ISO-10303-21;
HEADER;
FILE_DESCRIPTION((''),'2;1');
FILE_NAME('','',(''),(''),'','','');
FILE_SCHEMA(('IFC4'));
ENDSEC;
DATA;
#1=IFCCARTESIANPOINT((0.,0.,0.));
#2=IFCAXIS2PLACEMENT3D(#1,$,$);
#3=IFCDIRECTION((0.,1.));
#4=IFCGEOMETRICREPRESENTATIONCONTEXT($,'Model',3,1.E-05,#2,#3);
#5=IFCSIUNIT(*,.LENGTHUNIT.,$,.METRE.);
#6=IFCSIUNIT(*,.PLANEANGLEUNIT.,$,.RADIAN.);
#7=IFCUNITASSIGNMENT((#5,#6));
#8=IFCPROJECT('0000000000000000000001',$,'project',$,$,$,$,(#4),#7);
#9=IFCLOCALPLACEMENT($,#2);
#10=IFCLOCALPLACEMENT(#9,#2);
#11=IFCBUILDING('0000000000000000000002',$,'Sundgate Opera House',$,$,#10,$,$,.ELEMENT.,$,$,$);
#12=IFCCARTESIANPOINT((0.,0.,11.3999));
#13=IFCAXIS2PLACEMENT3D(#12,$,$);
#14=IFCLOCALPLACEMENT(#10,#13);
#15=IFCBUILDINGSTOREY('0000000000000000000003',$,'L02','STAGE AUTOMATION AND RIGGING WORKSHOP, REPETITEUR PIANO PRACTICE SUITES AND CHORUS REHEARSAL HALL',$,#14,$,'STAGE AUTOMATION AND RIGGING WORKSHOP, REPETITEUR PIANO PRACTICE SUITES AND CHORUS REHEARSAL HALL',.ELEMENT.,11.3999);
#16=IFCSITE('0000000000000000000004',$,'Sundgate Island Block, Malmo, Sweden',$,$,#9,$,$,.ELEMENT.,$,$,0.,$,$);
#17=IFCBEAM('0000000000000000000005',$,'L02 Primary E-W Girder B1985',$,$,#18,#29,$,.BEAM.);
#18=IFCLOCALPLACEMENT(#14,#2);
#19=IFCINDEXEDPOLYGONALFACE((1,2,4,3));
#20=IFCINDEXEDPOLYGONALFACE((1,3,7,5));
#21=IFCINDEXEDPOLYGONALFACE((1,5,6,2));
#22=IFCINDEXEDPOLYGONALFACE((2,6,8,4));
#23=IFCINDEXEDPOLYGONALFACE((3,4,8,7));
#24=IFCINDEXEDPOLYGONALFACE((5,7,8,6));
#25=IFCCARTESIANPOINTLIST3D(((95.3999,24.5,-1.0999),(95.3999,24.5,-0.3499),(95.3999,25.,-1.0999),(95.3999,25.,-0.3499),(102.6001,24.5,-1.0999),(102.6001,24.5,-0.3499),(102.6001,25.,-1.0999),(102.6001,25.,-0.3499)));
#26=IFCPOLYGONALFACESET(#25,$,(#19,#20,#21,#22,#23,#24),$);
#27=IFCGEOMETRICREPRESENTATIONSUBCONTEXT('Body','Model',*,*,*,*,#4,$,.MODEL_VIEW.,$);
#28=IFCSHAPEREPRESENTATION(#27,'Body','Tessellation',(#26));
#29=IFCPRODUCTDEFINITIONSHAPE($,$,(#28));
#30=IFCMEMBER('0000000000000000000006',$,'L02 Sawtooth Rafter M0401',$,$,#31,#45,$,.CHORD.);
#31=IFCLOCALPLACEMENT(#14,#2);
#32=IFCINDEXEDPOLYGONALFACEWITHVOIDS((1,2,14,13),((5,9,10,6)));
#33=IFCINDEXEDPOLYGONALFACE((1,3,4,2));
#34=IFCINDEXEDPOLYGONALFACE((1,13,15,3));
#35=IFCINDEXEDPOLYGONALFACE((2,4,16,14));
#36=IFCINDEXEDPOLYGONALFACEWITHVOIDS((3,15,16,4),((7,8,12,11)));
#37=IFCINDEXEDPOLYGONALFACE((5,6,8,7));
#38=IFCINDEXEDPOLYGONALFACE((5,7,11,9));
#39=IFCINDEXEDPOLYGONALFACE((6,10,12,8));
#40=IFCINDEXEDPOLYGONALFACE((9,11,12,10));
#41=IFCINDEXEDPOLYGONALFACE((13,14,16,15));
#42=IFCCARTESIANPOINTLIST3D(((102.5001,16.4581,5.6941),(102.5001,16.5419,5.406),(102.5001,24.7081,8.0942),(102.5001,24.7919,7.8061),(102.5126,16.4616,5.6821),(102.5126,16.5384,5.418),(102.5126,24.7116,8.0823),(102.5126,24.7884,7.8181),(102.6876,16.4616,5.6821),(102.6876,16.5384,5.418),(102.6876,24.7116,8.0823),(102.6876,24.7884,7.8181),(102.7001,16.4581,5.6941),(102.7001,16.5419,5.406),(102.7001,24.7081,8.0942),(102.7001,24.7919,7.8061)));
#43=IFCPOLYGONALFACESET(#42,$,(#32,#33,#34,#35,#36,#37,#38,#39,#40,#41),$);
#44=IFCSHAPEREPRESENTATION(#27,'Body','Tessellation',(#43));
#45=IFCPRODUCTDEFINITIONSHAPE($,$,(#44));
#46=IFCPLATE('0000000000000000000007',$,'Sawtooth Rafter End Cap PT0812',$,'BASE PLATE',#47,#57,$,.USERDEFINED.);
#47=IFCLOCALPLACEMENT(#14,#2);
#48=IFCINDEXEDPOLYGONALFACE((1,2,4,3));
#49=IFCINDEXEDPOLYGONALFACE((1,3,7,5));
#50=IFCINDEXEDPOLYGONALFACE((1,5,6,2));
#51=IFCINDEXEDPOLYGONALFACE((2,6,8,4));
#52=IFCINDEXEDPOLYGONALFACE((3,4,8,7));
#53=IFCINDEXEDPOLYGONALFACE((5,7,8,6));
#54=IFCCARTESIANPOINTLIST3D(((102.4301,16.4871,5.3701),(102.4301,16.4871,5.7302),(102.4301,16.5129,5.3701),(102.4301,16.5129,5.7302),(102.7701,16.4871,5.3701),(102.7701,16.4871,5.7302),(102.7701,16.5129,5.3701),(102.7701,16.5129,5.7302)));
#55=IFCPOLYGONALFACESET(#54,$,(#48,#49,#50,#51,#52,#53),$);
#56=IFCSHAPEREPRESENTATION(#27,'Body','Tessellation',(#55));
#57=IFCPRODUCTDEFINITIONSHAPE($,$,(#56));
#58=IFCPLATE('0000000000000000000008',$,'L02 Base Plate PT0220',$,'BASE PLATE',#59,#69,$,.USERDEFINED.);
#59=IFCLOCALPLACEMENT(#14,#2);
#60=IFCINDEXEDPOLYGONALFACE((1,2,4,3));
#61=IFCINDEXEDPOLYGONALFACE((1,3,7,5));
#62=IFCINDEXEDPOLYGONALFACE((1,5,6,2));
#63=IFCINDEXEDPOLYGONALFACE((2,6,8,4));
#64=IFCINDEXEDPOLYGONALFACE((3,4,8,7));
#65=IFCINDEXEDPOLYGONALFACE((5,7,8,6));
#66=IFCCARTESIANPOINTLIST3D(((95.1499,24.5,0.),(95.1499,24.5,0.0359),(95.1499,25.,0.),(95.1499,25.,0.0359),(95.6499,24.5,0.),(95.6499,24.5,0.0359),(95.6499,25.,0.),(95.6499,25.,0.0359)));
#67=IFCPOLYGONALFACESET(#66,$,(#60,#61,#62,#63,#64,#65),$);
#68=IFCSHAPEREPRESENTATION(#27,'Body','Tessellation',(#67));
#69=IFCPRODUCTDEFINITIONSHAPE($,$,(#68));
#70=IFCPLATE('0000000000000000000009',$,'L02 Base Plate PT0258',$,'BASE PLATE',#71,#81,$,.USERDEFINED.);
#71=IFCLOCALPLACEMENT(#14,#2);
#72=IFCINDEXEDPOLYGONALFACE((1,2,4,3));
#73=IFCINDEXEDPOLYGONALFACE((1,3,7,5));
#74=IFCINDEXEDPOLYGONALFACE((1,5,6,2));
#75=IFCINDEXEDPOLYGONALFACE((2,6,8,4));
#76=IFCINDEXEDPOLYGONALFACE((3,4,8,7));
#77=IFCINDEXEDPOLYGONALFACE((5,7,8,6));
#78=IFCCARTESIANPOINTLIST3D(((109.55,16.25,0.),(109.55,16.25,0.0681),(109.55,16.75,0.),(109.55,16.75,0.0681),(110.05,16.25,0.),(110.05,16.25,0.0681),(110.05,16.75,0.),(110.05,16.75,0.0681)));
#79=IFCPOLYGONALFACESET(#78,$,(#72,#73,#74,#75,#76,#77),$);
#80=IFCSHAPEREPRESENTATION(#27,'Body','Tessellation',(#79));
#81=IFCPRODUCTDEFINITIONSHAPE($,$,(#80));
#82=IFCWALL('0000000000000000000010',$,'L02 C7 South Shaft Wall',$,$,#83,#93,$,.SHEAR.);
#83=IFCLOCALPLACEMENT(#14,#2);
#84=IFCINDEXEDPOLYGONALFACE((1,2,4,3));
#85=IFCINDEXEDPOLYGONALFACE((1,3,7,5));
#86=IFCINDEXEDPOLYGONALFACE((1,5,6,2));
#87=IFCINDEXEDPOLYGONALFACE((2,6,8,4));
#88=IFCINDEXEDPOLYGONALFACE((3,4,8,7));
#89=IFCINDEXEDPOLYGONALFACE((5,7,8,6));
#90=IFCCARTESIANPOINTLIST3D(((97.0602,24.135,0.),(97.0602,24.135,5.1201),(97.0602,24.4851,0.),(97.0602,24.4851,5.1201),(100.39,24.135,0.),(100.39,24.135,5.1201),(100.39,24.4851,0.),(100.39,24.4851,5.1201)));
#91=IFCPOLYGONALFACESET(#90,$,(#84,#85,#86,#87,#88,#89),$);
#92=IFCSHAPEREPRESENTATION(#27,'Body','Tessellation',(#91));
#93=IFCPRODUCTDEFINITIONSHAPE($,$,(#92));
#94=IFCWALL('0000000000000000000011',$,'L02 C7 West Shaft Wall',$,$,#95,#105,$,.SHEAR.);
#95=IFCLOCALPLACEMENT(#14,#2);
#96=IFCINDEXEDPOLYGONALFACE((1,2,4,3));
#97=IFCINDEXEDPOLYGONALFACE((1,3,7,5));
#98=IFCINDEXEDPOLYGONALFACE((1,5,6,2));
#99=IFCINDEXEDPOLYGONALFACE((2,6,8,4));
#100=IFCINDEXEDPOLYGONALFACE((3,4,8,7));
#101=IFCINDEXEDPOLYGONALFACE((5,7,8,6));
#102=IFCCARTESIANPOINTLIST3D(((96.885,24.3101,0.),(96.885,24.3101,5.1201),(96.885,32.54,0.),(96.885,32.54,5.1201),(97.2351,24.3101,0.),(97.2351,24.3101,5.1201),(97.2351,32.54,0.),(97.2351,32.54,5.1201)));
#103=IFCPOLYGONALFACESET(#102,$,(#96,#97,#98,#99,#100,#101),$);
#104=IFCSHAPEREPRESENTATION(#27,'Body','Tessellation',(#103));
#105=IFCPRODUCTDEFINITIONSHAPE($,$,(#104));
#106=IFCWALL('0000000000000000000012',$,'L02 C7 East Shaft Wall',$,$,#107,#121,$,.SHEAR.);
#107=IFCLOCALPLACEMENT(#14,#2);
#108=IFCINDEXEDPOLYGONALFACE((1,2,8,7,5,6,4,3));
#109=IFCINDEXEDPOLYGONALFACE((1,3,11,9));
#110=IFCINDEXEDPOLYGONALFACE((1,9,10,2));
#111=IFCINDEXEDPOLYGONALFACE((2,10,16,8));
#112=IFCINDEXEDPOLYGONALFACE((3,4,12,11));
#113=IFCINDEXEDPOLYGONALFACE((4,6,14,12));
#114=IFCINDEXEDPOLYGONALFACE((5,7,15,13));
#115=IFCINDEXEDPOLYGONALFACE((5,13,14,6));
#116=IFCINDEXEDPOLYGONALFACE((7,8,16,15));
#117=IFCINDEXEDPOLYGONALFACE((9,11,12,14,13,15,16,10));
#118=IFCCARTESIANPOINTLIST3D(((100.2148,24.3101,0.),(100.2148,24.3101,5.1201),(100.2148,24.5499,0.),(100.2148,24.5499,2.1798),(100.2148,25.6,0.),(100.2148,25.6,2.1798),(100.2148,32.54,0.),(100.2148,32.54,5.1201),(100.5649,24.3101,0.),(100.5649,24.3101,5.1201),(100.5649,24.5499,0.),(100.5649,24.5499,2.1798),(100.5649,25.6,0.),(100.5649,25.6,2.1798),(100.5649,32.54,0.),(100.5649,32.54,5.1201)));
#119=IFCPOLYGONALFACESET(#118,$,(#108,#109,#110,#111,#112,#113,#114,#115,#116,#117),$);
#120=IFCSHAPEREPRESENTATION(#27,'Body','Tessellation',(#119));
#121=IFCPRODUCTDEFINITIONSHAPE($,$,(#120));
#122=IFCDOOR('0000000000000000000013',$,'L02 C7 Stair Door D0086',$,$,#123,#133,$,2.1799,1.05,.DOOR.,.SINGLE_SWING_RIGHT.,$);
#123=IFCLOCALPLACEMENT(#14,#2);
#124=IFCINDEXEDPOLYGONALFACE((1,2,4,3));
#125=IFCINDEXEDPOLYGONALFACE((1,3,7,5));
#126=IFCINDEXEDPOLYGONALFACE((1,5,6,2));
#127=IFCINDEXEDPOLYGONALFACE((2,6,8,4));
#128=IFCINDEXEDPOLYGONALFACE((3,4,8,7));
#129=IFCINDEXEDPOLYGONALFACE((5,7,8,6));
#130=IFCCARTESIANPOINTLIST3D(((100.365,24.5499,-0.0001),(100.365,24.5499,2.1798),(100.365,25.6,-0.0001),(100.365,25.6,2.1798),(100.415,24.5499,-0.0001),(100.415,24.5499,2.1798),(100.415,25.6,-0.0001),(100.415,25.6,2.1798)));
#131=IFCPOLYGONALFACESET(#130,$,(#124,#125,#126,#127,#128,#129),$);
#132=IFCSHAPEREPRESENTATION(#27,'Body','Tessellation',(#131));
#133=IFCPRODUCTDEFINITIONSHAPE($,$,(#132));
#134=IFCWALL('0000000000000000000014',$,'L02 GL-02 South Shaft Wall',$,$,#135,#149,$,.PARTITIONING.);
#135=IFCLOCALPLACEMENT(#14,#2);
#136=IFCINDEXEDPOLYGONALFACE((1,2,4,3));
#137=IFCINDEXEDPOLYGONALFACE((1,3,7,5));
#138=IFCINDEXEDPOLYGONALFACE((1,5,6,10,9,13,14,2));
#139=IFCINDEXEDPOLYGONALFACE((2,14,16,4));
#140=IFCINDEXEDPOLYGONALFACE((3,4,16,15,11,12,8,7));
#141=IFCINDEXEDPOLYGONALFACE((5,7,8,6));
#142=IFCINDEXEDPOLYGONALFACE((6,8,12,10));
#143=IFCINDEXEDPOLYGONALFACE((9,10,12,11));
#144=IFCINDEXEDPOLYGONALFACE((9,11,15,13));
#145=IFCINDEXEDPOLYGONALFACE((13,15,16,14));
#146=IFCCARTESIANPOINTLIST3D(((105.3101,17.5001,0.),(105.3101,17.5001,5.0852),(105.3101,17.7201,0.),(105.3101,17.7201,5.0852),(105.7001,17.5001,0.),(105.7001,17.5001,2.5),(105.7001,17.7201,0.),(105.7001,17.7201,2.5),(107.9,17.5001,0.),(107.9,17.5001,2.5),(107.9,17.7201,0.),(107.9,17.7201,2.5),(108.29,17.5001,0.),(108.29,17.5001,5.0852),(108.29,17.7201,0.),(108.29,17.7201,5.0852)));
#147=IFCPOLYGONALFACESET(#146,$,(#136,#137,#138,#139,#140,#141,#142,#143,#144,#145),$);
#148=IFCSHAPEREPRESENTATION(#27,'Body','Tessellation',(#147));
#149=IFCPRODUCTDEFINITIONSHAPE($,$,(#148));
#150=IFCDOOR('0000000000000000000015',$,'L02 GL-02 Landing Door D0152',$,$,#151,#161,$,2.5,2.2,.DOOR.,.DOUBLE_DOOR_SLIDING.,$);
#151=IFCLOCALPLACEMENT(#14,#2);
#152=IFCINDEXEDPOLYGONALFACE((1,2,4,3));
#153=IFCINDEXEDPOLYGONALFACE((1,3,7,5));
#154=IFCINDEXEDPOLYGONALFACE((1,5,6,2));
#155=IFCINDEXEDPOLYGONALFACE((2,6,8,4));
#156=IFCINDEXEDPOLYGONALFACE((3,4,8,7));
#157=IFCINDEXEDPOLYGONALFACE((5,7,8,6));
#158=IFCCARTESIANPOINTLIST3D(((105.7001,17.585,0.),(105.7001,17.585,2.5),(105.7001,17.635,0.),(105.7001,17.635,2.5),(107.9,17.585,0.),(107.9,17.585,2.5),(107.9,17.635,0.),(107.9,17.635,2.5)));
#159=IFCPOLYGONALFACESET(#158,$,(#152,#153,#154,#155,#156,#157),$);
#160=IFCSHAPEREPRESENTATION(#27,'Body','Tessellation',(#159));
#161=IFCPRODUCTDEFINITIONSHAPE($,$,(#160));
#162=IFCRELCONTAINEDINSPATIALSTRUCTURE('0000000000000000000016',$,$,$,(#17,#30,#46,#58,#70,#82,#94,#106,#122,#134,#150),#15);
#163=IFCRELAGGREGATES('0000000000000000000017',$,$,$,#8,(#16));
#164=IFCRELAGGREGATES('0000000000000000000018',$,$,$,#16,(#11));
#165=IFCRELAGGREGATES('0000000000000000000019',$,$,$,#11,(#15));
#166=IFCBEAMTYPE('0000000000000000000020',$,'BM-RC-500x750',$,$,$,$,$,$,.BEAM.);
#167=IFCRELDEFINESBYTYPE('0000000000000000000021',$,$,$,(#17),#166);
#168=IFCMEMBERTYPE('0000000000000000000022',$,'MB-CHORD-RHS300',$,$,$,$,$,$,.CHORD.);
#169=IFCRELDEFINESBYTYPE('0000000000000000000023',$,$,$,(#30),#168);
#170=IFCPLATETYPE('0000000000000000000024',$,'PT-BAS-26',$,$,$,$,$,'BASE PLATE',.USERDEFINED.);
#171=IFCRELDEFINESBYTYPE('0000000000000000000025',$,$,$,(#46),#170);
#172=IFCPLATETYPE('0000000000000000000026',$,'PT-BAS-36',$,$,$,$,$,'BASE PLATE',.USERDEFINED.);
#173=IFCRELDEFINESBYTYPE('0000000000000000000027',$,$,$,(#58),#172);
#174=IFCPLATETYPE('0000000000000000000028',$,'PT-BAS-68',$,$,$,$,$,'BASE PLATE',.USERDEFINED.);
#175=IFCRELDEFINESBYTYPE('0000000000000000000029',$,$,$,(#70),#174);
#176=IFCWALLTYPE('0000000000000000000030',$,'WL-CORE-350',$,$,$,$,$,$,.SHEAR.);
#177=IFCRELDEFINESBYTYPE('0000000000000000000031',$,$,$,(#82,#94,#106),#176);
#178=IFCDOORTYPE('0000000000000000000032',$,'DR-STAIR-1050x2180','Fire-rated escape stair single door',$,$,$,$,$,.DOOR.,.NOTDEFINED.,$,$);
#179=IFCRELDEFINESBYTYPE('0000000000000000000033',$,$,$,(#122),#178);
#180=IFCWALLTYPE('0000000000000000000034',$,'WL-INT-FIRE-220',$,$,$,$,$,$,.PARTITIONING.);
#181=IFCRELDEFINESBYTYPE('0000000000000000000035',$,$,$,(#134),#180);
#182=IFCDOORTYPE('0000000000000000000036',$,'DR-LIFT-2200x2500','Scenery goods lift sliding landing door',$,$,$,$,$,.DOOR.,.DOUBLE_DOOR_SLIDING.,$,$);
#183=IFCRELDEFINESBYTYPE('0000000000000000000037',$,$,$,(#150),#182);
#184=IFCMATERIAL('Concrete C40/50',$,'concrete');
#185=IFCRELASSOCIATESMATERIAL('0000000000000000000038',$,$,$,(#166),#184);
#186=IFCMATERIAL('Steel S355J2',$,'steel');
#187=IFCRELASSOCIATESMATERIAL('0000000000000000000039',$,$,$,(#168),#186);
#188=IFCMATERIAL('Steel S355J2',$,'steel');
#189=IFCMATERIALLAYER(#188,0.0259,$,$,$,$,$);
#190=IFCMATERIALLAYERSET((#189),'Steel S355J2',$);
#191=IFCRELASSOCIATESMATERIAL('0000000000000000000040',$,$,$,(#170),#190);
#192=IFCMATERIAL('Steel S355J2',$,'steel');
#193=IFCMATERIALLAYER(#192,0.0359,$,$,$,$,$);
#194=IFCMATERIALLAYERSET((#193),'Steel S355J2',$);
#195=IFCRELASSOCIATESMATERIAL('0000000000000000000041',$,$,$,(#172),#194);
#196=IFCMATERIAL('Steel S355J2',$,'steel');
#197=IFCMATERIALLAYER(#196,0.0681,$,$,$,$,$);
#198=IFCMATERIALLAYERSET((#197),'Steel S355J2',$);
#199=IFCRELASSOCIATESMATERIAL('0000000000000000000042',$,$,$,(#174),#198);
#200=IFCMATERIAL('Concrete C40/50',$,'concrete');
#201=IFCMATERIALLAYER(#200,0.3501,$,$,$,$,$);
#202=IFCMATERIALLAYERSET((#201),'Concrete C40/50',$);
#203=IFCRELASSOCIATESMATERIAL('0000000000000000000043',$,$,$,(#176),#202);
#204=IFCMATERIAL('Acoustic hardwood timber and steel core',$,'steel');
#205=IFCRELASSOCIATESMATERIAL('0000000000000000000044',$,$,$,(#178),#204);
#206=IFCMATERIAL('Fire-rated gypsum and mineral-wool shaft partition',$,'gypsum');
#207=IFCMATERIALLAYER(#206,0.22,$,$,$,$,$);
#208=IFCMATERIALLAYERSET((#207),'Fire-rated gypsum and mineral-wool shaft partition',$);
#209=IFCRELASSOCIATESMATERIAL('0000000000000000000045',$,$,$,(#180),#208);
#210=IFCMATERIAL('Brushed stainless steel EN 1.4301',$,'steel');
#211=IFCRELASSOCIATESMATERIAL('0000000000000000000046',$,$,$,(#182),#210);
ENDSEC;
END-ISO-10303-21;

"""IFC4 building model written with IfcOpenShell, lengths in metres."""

from ifc_helpers import new_model, si_unit, direction, frame, frame_2d, origin, origin_2d, place, context, subcontext, project, spatial, rectangle, hollow_rectangle, extrude, material, layer, layer_set, material_profile, profile_set, type_object, element, fill, save


model = new_model("IFC4")

# Units and contexts
model_context = context("Model", 3, precision=1e-05, world=origin(), true_north=direction((0.0, 1.0)))
body_context = subcontext(model_context, "Body", "Model", "MODEL_VIEW")
ifc_project = project(units=[si_unit("LENGTHUNIT", "METRE"), si_unit("PLANEANGLEUNIT", "RADIAN")], contexts=[model_context])

# Site, building, storey
site_placement = place(None, origin())
site = spatial("IfcSite", under=ifc_project, at=site_placement, Name="Sundgate Island Block, Malmo, Sweden", CompositionType="ELEMENT", RefElevation=0.0)
building_placement = place(site_placement, origin())
building = spatial("IfcBuilding", under=site, at=building_placement, Name="Sundgate Opera House", CompositionType="ELEMENT")
storey_placement = place(building_placement, frame((0.0, 0.0, 11.3999)))
storey = spatial("IfcBuildingStorey", under=building, at=storey_placement, Name="L02", Description="STAGE AUTOMATION AND RIGGING WORKSHOP, REPETITEUR PIANO PRACTICE SUITES AND CHORUS REHEARSAL HALL", LongName="STAGE AUTOMATION AND RIGGING WORKSHOP, REPETITEUR PIANO PRACTICE SUITES AND CHORUS REHEARSAL HALL", CompositionType="ELEMENT", Elevation=11.3999)

# Beam
ifc_material_1 = material(Name="Concrete C40/50", Category="concrete")
ifc_material_profile_1 = material_profile(ifc_material_1, rectangle(XDim=0.5, YDim=0.75, at=origin_2d()), Name="RC 500x750")
ifc_profile_set_1 = profile_set([ifc_material_profile_1], Name="Concrete C40/50")
beam_type_1 = type_object("IfcBeamType", Name="BM-RC-500x750", PredefinedType="BEAM", material=ifc_profile_set_1)
beam_1_placement = place(storey_placement, frame((95.3999, 24.75, -0.7249), z_axis=(1.0, 0.0, 0.0), x_axis=(0.0, 1.0, 0.0)))
element("IfcBeam", 1, at=beam_1_placement, inside=storey, type_object=beam_type_1, Name="L02 Primary E-W Girder B1985", PredefinedType="BEAM", context=body_context, shape_type="SweptSolid", body=[
    extrude(rectangle(XDim=0.5, YDim=0.75, at=origin_2d()), origin(), (0.0, 0.0, 1.0), 7.2002),
])

# Member
ifc_material_2 = material(Name="Steel S355J2", Category="steel")
ifc_material_profile_2 = material_profile(ifc_material_2, hollow_rectangle(XDim=0.2, YDim=0.3, WallThickness=0.0125, at=origin_2d()), Name="RHS 300x200x12.5")
ifc_profile_set_2 = profile_set([ifc_material_profile_2], Name="Steel S355J2")
member_type = type_object("IfcMemberType", Name="MB-CHORD-RHS300", PredefinedType="CHORD", material=ifc_profile_set_2)
member_placement = place(storey_placement, frame((102.6001, 16.5, 5.55), z_axis=(0.0, 0.960191, 0.279345), x_axis=(-1.0, 0.0, 0.0)))
element("IfcMember", 2, at=member_placement, inside=storey, type_object=member_type, Name="L02 Sawtooth Rafter M0401", PredefinedType="CHORD", context=body_context, shape_type="SweptSolid", body=[
    extrude(hollow_rectangle(XDim=0.2, YDim=0.3, WallThickness=0.0125, at=origin_2d()), origin(), (0.0, 0.0, 1.0), 8.592),
])

# Plates
ifc_material_3 = material(Name="Steel S355J2", Category="steel")
ifc_layer_1 = layer(ifc_material_3, 0.0259)
ifc_layer_set_1 = layer_set([ifc_layer_1], Name="Steel S355J2")
plate_type_1 = type_object("IfcPlateType", Name="PT-BAS-26", ElementType="BASE PLATE", PredefinedType="USERDEFINED", material=ifc_layer_set_1)
plate_1_placement = place(storey_placement, frame((102.6001, 16.5, 5.3701), z_axis=(0.0, 0.0, 1.0), x_axis=(1.0, 0.0, 0.0)))
element("IfcPlate", 3, at=plate_1_placement, inside=storey, type_object=plate_type_1, Name="Sawtooth Rafter End Cap PT0812", ObjectType="BASE PLATE", PredefinedType="USERDEFINED", context=body_context, shape_type="SweptSolid", body=[
    extrude(rectangle(XDim=0.3401, YDim=0.0259, at=origin_2d()), origin(), (0.0, 0.0, 1.0), 0.3601),
])
ifc_material_4 = material(Name="Steel S355J2", Category="steel")
ifc_layer_2 = layer(ifc_material_4, 0.0359)
ifc_layer_set_2 = layer_set([ifc_layer_2], Name="Steel S355J2")
plate_type_2 = type_object("IfcPlateType", Name="PT-BAS-36", ElementType="BASE PLATE", PredefinedType="USERDEFINED", material=ifc_layer_set_2)
plate_2_placement = place(storey_placement, frame((95.3999, 24.75, 0.0), z_axis=(0.0, 0.0, 1.0), x_axis=(1.0, 0.0, 0.0)))
element("IfcPlate", 4, at=plate_2_placement, inside=storey, type_object=plate_type_2, Name="L02 Base Plate PT0220", ObjectType="BASE PLATE", PredefinedType="USERDEFINED", context=body_context, shape_type="SweptSolid", body=[
    extrude(rectangle(XDim=0.5, YDim=0.5, at=origin_2d()), origin(), (0.0, 0.0, 1.0), 0.0359),
])
ifc_material_5 = material(Name="Steel S355J2", Category="steel")
ifc_layer_3 = layer(ifc_material_5, 0.0681)
ifc_layer_set_3 = layer_set([ifc_layer_3], Name="Steel S355J2")
plate_type_3 = type_object("IfcPlateType", Name="PT-BAS-68", ElementType="BASE PLATE", PredefinedType="USERDEFINED", material=ifc_layer_set_3)
plate_3_placement = place(storey_placement, frame((109.8, 16.5, 0.0), z_axis=(0.0, 0.0, 1.0), x_axis=(1.0, 0.0, 0.0)))
element("IfcPlate", 5, at=plate_3_placement, inside=storey, type_object=plate_type_3, Name="L02 Base Plate PT0258", ObjectType="BASE PLATE", PredefinedType="USERDEFINED", context=body_context, shape_type="SweptSolid", body=[
    extrude(rectangle(XDim=0.5, YDim=0.5, at=origin_2d()), origin(), (0.0, 0.0, 1.0), 0.0681),
])

# Walls
ifc_material_6 = material(Name="Concrete C40/50", Category="concrete")
ifc_layer_4 = layer(ifc_material_6, 0.3501)
ifc_layer_set_4 = layer_set([ifc_layer_4], Name="Concrete C40/50")
wall_type_1 = type_object("IfcWallType", Name="WL-CORE-350", PredefinedType="SHEAR", material=ifc_layer_set_4)
wall_1_placement = place(storey_placement, frame((97.0601, 24.3101, 0.0), z_axis=(0.0, 0.0, 1.0), x_axis=(1.0, 0.0, 0.0)))
element("IfcWall", 6, at=wall_1_placement, inside=storey, type_object=wall_type_1, Name="L02 C7 South Shaft Wall", PredefinedType="SHEAR", context=body_context, shape_type="SweptSolid", body=[
    extrude(rectangle(XDim=3.3298, YDim=0.3501, at=frame_2d((1.665, 0.0))), origin(), (0.0, 0.0, 1.0), 5.1201),
])
wall_2_placement = place(storey_placement, frame((97.0601, 24.3101, 0.0), z_axis=(0.0, 0.0, 1.0), x_axis=(0.0, 1.0, 0.0)))
element("IfcWall", 7, at=wall_2_placement, inside=storey, type_object=wall_type_1, Name="L02 C7 West Shaft Wall", PredefinedType="SHEAR", context=body_context, shape_type="SweptSolid", body=[
    extrude(rectangle(XDim=8.23, YDim=0.3501, at=frame_2d((4.115, 0.0))), origin(), (0.0, 0.0, 1.0), 5.1201),
])

# Walls, openings, doors
wall_3_placement = place(storey_placement, frame((100.3899, 24.3101, 0.0), z_axis=(0.0, 0.0, 1.0), x_axis=(0.0, 1.0, 0.0)))
wall_3 = element("IfcWall", 8, at=wall_3_placement, inside=storey, type_object=wall_type_1, Name="L02 C7 East Shaft Wall", PredefinedType="SHEAR", context=body_context, shape_type="SweptSolid", body=[
    extrude(rectangle(XDim=8.23, YDim=0.3501, at=frame_2d((4.115, 0.0))), origin(), (0.0, 0.0, 1.0), 5.1201),
])
opening_1_placement = place(wall_3_placement, frame((0.24, 0.0, 0.0)))
opening_1 = element("IfcOpeningElement", 9, at=opening_1_placement, cuts=wall_3, PredefinedType="OPENING", context=body_context, shape_type="SweptSolid", body=[
    extrude(rectangle(XDim=1.05, YDim=2.1799, at=frame_2d((0.5249, 1.0898))), frame((0.0, 0.1851, 0.0), z_axis=(0.0, -1.0, 0.0), x_axis=(1.0, 0.0, 0.0)), (0.0, 0.0, 1.0), 0.3701),
])
ifc_material_7 = material(Name="Acoustic hardwood timber and steel core", Category="steel")
door_type_1 = type_object("IfcDoorType", Name="DR-STAIR-1050x2180", Description="Fire-rated escape stair single door", OperationType="NOTDEFINED", PredefinedType="DOOR", material=ifc_material_7)
door_1_placement = place(opening_1_placement, origin())
door_1 = element("IfcDoor", 10, at=door_1_placement, inside=storey, type_object=door_type_1, Name="L02 C7 Stair Door D0086", OperationType="SINGLE_SWING_RIGHT", OverallHeight=2.1799, OverallWidth=1.05, PredefinedType="DOOR", context=body_context, shape_type="SweptSolid", body=[
    extrude(rectangle(XDim=1.05, YDim=2.1799, at=frame_2d((0.5249, 1.0898))), frame((0.0, 0.0249, 0.0), z_axis=(0.0, -1.0, 0.0), x_axis=(1.0, 0.0, 0.0)), (0.0, 0.0, 1.0), 0.05),
])
fill(opening_1, door_1)
ifc_material_8 = material(Name="Fire-rated gypsum and mineral-wool shaft partition", Category="gypsum")
ifc_layer_5 = layer(ifc_material_8, 0.22)
ifc_layer_set_5 = layer_set([ifc_layer_5], Name="Fire-rated gypsum and mineral-wool shaft partition")
wall_type_2 = type_object("IfcWallType", Name="WL-INT-FIRE-220", PredefinedType="PARTITIONING", material=ifc_layer_set_5)
wall_4_placement = place(storey_placement, frame((105.3101, 17.6101, 0.0), z_axis=(0.0, 0.0, 1.0), x_axis=(1.0, 0.0, 0.0)))
wall_4 = element("IfcWall", 11, at=wall_4_placement, inside=storey, type_object=wall_type_2, Name="L02 GL-02 South Shaft Wall", PredefinedType="PARTITIONING", context=body_context, shape_type="SweptSolid", body=[
    extrude(rectangle(XDim=2.98, YDim=0.22, at=frame_2d((1.49, 0.0))), origin(), (0.0, 0.0, 1.0), 5.0852),
])
opening_2_placement = place(wall_4_placement, frame((0.3899, 0.0, 0.0)))
opening_2 = element("IfcOpeningElement", 12, at=opening_2_placement, cuts=wall_4, PredefinedType="OPENING", context=body_context, shape_type="SweptSolid", body=[
    extrude(rectangle(XDim=2.2, YDim=2.5, at=frame_2d((1.1001, 1.25))), frame((0.0, 0.1199, 0.0), z_axis=(0.0, -1.0, 0.0), x_axis=(1.0, 0.0, 0.0)), (0.0, 0.0, 1.0), 0.24),
])
ifc_material_9 = material(Name="Brushed stainless steel EN 1.4301", Category="steel")
door_type_2 = type_object("IfcDoorType", Name="DR-LIFT-2200x2500", Description="Scenery goods lift sliding landing door", OperationType="DOUBLE_DOOR_SLIDING", PredefinedType="DOOR", material=ifc_material_9)
door_2_placement = place(opening_2_placement, origin())
door_2 = element("IfcDoor", 13, at=door_2_placement, inside=storey, type_object=door_type_2, Name="L02 GL-02 Landing Door D0152", OperationType="DOUBLE_DOOR_SLIDING", OverallHeight=2.5, OverallWidth=2.2, PredefinedType="DOOR", context=body_context, shape_type="SweptSolid", body=[
    extrude(rectangle(XDim=2.2, YDim=2.5, at=frame_2d((1.1001, 1.25))), frame((0.0, 0.0249, 0.0), z_axis=(0.0, -1.0, 0.0), x_axis=(1.0, 0.0, 0.0)), (0.0, 0.0, 1.0), 0.05),
])
fill(opening_2, door_2)

save(model, "model.ifc")
